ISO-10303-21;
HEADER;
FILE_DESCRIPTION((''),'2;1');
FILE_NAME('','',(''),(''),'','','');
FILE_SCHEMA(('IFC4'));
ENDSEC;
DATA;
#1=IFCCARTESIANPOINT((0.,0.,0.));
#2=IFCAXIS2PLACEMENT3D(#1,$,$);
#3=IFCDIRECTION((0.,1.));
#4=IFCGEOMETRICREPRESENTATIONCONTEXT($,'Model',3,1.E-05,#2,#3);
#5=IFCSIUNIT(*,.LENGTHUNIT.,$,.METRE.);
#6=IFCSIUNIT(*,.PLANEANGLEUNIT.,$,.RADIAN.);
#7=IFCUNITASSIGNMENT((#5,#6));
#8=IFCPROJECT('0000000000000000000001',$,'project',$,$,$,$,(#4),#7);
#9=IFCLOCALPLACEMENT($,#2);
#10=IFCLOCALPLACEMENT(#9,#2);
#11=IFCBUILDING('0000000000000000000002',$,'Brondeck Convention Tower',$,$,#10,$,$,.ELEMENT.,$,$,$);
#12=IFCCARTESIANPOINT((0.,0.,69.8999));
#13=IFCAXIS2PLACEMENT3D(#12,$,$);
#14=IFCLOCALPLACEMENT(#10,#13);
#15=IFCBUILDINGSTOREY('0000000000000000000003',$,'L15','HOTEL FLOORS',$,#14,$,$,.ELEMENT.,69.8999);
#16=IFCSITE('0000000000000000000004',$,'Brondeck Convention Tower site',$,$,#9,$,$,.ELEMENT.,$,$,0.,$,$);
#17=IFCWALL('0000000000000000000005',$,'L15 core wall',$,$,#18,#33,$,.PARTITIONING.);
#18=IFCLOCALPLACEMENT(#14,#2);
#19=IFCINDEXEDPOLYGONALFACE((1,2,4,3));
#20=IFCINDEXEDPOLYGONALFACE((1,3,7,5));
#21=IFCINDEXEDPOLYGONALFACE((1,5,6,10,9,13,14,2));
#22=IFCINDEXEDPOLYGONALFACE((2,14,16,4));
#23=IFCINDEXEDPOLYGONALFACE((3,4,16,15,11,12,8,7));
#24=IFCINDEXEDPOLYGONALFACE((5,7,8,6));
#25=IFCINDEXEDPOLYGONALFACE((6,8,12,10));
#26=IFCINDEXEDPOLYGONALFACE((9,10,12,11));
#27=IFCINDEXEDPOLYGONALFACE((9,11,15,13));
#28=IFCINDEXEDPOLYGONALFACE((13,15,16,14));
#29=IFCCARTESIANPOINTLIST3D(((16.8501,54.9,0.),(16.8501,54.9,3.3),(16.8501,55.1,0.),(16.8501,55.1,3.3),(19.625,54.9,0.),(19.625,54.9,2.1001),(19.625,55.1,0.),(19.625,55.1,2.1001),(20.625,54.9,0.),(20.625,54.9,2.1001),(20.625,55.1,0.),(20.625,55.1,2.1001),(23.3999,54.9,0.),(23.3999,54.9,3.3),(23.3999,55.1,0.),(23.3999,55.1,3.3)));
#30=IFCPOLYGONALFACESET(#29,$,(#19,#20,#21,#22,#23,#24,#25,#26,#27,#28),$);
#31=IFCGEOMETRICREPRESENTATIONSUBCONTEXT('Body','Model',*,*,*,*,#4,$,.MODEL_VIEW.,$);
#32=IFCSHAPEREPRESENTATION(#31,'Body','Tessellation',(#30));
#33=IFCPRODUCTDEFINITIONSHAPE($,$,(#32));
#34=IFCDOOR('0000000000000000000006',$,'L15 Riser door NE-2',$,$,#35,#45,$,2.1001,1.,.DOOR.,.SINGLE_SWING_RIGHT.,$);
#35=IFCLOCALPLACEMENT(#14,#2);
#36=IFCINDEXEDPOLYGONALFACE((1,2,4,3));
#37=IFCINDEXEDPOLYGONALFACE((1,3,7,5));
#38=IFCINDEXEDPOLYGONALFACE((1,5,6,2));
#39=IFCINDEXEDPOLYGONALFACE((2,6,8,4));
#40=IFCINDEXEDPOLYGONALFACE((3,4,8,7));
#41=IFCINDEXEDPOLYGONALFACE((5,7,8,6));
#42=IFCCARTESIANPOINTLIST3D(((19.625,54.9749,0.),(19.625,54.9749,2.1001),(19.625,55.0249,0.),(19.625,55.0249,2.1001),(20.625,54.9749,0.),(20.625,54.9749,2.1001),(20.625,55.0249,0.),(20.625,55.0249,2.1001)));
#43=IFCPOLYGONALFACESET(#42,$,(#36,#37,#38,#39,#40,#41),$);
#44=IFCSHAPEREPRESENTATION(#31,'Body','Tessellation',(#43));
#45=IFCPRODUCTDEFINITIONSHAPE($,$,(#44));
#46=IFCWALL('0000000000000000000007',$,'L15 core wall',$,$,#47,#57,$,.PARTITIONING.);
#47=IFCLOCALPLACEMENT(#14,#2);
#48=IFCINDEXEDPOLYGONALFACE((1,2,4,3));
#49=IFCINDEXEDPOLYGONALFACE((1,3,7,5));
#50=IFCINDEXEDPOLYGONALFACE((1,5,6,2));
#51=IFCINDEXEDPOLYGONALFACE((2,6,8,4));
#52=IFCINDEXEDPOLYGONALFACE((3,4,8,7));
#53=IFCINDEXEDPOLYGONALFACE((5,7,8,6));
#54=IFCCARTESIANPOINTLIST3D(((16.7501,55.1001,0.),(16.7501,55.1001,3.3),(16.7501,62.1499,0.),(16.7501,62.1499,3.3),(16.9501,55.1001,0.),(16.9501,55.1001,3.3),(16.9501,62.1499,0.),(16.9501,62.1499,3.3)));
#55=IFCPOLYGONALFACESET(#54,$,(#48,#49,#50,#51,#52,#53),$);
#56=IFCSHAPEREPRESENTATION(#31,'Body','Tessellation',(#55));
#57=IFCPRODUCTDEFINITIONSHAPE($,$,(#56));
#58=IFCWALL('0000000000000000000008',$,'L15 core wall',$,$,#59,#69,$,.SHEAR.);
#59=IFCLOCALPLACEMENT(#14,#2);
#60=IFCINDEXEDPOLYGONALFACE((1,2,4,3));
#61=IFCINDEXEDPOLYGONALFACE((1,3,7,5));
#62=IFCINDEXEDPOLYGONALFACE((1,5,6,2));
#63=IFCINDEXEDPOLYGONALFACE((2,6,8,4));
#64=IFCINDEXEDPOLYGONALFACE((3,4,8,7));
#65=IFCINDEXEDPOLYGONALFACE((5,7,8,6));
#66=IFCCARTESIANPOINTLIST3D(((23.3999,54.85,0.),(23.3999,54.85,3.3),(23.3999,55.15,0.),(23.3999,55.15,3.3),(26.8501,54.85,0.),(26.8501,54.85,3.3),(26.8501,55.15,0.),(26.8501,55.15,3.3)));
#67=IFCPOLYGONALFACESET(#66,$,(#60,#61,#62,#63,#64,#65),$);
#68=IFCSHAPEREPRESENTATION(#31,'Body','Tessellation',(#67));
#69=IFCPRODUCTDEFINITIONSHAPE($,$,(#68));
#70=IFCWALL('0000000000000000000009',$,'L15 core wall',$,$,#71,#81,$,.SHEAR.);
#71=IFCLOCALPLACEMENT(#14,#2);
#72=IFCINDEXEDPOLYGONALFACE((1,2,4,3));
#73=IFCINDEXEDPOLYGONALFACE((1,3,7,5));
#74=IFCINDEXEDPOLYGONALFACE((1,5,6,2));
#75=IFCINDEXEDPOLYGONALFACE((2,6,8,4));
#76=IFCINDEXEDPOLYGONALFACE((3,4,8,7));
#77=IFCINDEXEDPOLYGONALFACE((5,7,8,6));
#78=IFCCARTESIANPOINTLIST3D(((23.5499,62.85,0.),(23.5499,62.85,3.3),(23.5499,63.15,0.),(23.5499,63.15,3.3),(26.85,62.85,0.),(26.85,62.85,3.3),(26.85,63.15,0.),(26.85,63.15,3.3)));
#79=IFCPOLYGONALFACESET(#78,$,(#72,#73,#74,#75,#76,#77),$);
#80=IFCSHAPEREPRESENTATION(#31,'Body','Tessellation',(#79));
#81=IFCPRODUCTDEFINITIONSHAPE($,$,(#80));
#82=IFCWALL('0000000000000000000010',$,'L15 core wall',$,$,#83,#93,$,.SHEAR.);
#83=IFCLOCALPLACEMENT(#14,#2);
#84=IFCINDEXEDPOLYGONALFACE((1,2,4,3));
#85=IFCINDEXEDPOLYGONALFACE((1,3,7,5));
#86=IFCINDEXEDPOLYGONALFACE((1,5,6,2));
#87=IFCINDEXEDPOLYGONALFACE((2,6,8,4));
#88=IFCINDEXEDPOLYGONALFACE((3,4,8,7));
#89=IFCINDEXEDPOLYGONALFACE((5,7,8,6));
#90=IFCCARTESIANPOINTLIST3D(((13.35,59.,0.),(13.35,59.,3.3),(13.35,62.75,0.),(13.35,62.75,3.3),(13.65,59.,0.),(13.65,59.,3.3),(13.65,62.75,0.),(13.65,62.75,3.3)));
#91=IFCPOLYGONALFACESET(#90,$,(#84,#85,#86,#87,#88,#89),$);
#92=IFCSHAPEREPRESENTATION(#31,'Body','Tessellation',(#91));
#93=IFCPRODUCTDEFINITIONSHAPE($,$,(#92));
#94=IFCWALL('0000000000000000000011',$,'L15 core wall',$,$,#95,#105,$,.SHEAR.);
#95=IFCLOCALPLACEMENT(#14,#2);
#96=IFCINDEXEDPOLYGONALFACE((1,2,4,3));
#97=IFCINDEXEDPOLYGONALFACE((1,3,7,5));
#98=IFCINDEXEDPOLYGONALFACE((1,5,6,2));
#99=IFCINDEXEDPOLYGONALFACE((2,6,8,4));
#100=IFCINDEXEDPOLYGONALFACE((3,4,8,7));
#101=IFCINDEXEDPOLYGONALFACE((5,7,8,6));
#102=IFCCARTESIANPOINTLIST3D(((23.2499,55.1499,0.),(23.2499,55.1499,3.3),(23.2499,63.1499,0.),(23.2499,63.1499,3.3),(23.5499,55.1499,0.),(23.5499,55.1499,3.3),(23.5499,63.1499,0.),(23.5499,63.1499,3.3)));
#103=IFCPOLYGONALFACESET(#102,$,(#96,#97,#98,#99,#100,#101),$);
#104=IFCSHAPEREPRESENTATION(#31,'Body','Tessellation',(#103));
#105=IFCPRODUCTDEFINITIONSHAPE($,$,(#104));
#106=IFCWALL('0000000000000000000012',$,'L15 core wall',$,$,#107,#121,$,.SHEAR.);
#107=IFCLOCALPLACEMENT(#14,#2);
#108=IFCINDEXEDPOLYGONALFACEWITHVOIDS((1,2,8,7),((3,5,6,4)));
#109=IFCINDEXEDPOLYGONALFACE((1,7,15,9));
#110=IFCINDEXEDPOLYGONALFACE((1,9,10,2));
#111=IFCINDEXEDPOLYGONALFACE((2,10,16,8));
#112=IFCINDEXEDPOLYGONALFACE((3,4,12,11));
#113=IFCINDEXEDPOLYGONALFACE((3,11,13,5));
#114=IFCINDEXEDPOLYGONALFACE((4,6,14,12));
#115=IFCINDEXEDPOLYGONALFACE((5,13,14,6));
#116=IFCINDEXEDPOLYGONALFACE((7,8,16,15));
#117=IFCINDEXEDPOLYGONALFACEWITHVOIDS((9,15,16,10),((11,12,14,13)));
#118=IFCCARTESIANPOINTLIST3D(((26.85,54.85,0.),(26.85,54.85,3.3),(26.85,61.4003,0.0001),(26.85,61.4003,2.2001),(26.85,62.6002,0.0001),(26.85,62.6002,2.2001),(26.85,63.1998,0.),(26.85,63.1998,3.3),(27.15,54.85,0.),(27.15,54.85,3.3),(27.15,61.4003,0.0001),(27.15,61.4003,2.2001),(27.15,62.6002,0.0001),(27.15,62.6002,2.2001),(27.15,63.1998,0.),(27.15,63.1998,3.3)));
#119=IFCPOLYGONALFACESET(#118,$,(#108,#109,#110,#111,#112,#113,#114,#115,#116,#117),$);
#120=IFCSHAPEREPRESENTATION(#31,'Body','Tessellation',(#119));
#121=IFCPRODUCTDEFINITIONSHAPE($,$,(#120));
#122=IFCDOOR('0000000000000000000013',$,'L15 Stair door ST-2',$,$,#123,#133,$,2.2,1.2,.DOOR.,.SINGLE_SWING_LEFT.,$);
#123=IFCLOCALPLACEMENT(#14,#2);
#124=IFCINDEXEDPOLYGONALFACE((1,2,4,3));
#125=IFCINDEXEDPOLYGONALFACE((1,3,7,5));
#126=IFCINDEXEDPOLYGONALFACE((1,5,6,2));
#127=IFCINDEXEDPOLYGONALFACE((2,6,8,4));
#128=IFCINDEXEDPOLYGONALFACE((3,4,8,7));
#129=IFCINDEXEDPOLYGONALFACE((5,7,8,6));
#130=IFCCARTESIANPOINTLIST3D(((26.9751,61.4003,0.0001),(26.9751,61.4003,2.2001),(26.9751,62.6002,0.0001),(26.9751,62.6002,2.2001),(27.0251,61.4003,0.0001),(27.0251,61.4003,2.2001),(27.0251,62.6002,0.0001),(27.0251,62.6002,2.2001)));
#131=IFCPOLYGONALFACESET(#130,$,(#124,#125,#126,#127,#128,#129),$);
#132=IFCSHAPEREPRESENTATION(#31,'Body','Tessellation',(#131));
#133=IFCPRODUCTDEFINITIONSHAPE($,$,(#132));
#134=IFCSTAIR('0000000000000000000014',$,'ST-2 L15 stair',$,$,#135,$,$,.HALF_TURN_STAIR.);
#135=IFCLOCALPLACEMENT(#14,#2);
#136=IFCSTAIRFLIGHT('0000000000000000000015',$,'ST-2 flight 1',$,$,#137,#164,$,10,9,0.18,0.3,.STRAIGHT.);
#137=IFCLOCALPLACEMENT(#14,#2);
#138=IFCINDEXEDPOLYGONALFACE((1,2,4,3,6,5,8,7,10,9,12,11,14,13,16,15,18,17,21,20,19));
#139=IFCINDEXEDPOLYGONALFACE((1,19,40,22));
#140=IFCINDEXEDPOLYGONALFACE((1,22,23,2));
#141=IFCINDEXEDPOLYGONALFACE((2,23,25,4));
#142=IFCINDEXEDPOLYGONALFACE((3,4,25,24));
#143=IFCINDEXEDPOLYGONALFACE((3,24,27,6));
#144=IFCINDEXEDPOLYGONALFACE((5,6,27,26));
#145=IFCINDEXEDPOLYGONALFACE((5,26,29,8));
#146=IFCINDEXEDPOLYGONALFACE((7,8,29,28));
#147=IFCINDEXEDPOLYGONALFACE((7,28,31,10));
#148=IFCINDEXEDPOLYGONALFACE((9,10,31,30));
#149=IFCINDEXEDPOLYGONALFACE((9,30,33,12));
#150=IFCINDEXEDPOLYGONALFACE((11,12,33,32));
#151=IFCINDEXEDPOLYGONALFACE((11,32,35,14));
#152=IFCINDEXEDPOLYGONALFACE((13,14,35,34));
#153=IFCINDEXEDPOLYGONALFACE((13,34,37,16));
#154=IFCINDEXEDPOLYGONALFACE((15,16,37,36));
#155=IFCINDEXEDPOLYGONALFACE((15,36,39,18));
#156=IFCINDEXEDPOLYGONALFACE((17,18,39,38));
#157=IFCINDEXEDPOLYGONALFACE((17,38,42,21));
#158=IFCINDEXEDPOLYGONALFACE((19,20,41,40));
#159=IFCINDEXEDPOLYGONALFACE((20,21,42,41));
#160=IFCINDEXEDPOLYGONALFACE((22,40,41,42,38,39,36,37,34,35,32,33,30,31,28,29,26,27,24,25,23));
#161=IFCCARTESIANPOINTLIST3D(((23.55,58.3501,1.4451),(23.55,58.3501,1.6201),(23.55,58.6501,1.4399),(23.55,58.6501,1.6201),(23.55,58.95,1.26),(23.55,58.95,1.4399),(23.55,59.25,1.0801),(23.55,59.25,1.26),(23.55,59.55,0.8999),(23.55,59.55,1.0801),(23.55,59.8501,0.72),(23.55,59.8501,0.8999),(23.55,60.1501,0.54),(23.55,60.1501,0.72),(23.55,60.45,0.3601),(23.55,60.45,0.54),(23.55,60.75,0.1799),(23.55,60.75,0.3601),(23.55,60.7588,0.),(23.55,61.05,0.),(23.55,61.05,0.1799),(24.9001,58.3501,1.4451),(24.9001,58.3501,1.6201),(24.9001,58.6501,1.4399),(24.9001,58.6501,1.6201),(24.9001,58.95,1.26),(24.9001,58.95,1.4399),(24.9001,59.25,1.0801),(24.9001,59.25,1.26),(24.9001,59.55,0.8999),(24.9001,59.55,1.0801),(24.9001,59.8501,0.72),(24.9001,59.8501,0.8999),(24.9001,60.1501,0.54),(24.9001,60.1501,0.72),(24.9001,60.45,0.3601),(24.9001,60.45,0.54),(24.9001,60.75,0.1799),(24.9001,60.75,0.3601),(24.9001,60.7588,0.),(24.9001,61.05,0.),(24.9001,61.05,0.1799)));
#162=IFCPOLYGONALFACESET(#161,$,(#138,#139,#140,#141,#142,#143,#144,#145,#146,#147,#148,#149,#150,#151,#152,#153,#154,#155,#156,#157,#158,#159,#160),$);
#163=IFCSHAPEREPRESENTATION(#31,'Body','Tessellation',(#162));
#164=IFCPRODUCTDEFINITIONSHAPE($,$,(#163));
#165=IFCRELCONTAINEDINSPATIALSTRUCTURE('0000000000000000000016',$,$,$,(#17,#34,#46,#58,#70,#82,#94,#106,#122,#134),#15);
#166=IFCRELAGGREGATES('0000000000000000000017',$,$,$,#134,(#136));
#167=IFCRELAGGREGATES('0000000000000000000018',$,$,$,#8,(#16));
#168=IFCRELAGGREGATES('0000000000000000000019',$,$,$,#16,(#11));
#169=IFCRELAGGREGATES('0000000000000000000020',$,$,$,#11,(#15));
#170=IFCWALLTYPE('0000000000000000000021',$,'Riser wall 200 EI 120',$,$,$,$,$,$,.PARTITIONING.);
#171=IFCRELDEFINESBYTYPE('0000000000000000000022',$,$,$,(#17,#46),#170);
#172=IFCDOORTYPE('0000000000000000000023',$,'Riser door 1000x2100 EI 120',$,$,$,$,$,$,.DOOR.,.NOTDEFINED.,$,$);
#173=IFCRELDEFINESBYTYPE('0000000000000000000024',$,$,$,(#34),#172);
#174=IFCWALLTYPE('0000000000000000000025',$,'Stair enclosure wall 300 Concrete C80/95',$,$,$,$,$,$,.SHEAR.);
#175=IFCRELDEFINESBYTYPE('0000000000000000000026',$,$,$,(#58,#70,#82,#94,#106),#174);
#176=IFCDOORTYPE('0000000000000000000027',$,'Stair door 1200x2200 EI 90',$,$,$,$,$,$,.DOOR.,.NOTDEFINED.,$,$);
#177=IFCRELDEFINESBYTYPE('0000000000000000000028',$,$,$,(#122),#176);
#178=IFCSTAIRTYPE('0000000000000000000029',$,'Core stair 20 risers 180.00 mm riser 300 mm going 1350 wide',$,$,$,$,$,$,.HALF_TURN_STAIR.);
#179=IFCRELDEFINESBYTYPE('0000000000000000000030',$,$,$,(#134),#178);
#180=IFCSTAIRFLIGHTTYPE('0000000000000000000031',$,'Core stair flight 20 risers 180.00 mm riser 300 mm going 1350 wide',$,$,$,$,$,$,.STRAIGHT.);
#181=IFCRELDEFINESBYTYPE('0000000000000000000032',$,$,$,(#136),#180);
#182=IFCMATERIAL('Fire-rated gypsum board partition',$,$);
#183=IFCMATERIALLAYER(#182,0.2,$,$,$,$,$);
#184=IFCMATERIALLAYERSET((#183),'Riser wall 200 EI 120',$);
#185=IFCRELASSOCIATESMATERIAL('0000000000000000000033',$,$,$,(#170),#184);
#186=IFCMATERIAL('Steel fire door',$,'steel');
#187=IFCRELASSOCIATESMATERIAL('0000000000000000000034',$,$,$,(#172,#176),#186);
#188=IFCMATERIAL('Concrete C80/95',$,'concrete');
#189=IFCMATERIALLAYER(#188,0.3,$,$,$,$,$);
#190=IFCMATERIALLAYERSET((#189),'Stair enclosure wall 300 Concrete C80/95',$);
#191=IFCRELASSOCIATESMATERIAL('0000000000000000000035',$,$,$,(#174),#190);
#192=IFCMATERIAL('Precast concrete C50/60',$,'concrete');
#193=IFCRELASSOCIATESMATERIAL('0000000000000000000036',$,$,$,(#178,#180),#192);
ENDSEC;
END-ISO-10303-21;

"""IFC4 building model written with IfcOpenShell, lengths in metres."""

from ifc_helpers import new_model, si_unit, direction, frame, frame_2d, origin, place, context, subcontext, project, spatial, polyline, rectangle, outline, extrude, material, layer, layer_set, type_object, element, fill, aggregate, save


model = new_model("IFC4")

# Units and contexts
model_context = context("Model", 3, precision=1e-05, world=origin(), true_north=direction((0.0, 1.0)))
body_context = subcontext(model_context, "Body", "Model", "MODEL_VIEW")
ifc_project = project(units=[si_unit("LENGTHUNIT", "METRE"), si_unit("PLANEANGLEUNIT", "RADIAN")], contexts=[model_context])

# Site, building, storey
site_placement = place(None, origin())
site = spatial("IfcSite", under=ifc_project, at=site_placement, Name="Brondeck Convention Tower site", CompositionType="ELEMENT", RefElevation=0.0)
building_placement = place(site_placement, origin())
building = spatial("IfcBuilding", under=site, at=building_placement, Name="Brondeck Convention Tower", CompositionType="ELEMENT")
storey_placement = place(building_placement, frame((0.0, 0.0, 69.8999)))
storey = spatial("IfcBuildingStorey", under=building, at=storey_placement, Name="L15", Description="HOTEL FLOORS", CompositionType="ELEMENT", Elevation=69.8999)

# Shared definitions
ifc_material_1 = material(Name="Concrete C80/95", Category="concrete")

# Shared definitions
ifc_material_2 = material(Name="Fire-rated gypsum board partition")
ifc_material_3 = material(Name="Steel fire door", Category="steel")

# Shared definitions
ifc_layer_1 = layer(ifc_material_2, 0.2)
ifc_layer_set_1 = layer_set([ifc_layer_1], Name="Riser wall 200 EI 120")
wall_type_1 = type_object("IfcWallType", Name="Riser wall 200 EI 120", PredefinedType="PARTITIONING", material=ifc_layer_set_1)

# Wall, opening, door
wall_1_placement = place(storey_placement, frame((16.8501, 55.0, 0.0), z_axis=(0.0, 0.0, 1.0), x_axis=(1.0, 0.0, 0.0)))
wall_1 = element("IfcWall", 1, at=wall_1_placement, inside=storey, type_object=wall_type_1, Name="L15 core wall", PredefinedType="PARTITIONING", context=body_context, shape_type="SweptSolid", body=[
    extrude(rectangle(XDim=6.5498, YDim=0.2, at=frame_2d((3.2749, 0.0))), origin(), (0.0, 0.0, 1.0), 3.3),
])
opening_1_placement = place(wall_1_placement, frame((2.7749, 0.0, 0.0)))
opening_1 = element("IfcOpeningElement", 2, at=opening_1_placement, cuts=wall_1, PredefinedType="OPENING", context=body_context, shape_type="SweptSolid", body=[
    extrude(rectangle(XDim=1.0, YDim=2.1001, at=frame_2d((0.5, 1.05))), frame((0.0, 0.1099, 0.0), z_axis=(0.0, -1.0, 0.0), x_axis=(1.0, 0.0, 0.0)), (0.0, 0.0, 1.0), 0.22),
])
door_type_1 = type_object("IfcDoorType", Name="Riser door 1000x2100 EI 120", OperationType="NOTDEFINED", PredefinedType="DOOR", material=ifc_material_3)
door_1_placement = place(opening_1_placement, origin())
door_1 = element("IfcDoor", 3, at=door_1_placement, inside=storey, type_object=door_type_1, Name="L15 Riser door NE-2", OperationType="SINGLE_SWING_RIGHT", OverallHeight=2.1001, OverallWidth=1.0, PredefinedType="DOOR", context=body_context, shape_type="SweptSolid", body=[
    extrude(rectangle(XDim=1.0, YDim=2.1001, at=frame_2d((0.5, 1.05))), frame((0.0, 0.0249, 0.0), z_axis=(0.0, -1.0, 0.0), x_axis=(1.0, 0.0, 0.0)), (0.0, 0.0, 1.0), 0.05),
])
fill(opening_1, door_1)

# Walls
wall_2_placement = place(storey_placement, frame((16.8501, 55.1001, 0.0), z_axis=(0.0, 0.0, 1.0), x_axis=(0.0, 1.0, 0.0)))
element("IfcWall", 4, at=wall_2_placement, inside=storey, type_object=wall_type_1, Name="L15 core wall", PredefinedType="PARTITIONING", context=body_context, shape_type="SweptSolid", body=[
    extrude(rectangle(XDim=7.0498, YDim=0.2, at=frame_2d((3.5249, 0.0))), origin(), (0.0, 0.0, 1.0), 3.3),
])
ifc_layer_2 = layer(ifc_material_1, 0.3)
ifc_layer_set_2 = layer_set([ifc_layer_2], Name="Stair enclosure wall 300 Concrete C80/95")
wall_type_2 = type_object("IfcWallType", Name="Stair enclosure wall 300 Concrete C80/95", PredefinedType="SHEAR", material=ifc_layer_set_2)
wall_3_placement = place(storey_placement, frame((23.3999, 55.0, 0.0), z_axis=(0.0, 0.0, 1.0), x_axis=(1.0, 0.0, 0.0)))
element("IfcWall", 5, at=wall_3_placement, inside=storey, type_object=wall_type_2, Name="L15 core wall", PredefinedType="SHEAR", context=body_context, shape_type="SweptSolid", body=[
    extrude(rectangle(XDim=3.4502, YDim=0.3, at=frame_2d((1.7251, 0.0))), origin(), (0.0, 0.0, 1.0), 3.3),
])
wall_4_placement = place(storey_placement, frame((23.55, 63.0, 0.0), z_axis=(0.0, 0.0, 1.0), x_axis=(1.0, 0.0, 0.0)))
element("IfcWall", 6, at=wall_4_placement, inside=storey, type_object=wall_type_2, Name="L15 core wall", PredefinedType="SHEAR", context=body_context, shape_type="SweptSolid", body=[
    extrude(rectangle(XDim=3.3, YDim=0.3, at=frame_2d((1.6499, 0.0))), origin(), (0.0, 0.0, 1.0), 3.3),
])
wall_5_placement = place(storey_placement, frame((13.5, 59.0, 0.0), z_axis=(0.0, 0.0, 1.0), x_axis=(0.0, 1.0, 0.0)))
element("IfcWall", 7, at=wall_5_placement, inside=storey, type_object=wall_type_2, Name="L15 core wall", PredefinedType="SHEAR", context=body_context, shape_type="SweptSolid", body=[
    extrude(rectangle(XDim=3.75, YDim=0.3, at=frame_2d((1.875, 0.0))), origin(), (0.0, 0.0, 1.0), 3.3),
])
wall_6_placement = place(storey_placement, frame((23.3999, 55.1499, 0.0), z_axis=(0.0, 0.0, 1.0), x_axis=(0.0, 1.0, 0.0)))
element("IfcWall", 8, at=wall_6_placement, inside=storey, type_object=wall_type_2, Name="L15 core wall", PredefinedType="SHEAR", context=body_context, shape_type="SweptSolid", body=[
    extrude(rectangle(XDim=8.0, YDim=0.3, at=frame_2d((4.0, 0.0))), origin(), (0.0, 0.0, 1.0), 3.3),
])

# Wall, opening, door
wall_7_placement = place(storey_placement, frame((27.0, 54.8501, 0.0), z_axis=(0.0, 0.0, 1.0), x_axis=(0.0, 1.0, 0.0)))
wall_7 = element("IfcWall", 9, at=wall_7_placement, inside=storey, type_object=wall_type_2, Name="L15 core wall", PredefinedType="SHEAR", context=body_context, shape_type="SweptSolid", body=[
    extrude(rectangle(XDim=8.3499, YDim=0.3, at=frame_2d((4.1748, 0.0))), origin(), (0.0, 0.0, 1.0), 3.3),
])
opening_2_placement = place(wall_7_placement, frame((6.55, 0.0, 0.0)))
opening_2 = element("IfcOpeningElement", 10, at=opening_2_placement, cuts=wall_7, PredefinedType="OPENING", context=body_context, shape_type="SweptSolid", body=[
    extrude(rectangle(XDim=1.2, YDim=2.2, at=frame_2d((0.6001, 1.1001))), frame((0.0, 0.1599, 0.0), z_axis=(0.0, -1.0, 0.0), x_axis=(1.0, 0.0, 0.0)), (0.0, 0.0, 1.0), 0.3201),
])
door_type_2 = type_object("IfcDoorType", Name="Stair door 1200x2200 EI 90", OperationType="NOTDEFINED", PredefinedType="DOOR", material=ifc_material_3)
door_2_placement = place(opening_2_placement, origin())
door_2 = element("IfcDoor", 11, at=door_2_placement, inside=storey, type_object=door_type_2, Name="L15 Stair door ST-2", OperationType="SINGLE_SWING_LEFT", OverallHeight=2.2, OverallWidth=1.2, PredefinedType="DOOR", context=body_context, shape_type="SweptSolid", body=[
    extrude(rectangle(XDim=1.2, YDim=2.2, at=frame_2d((0.6001, 1.1001))), frame((0.0, 0.0249, 0.0), z_axis=(0.0, -1.0, 0.0), x_axis=(1.0, 0.0, 0.0)), (0.0, 0.0, 1.0), 0.05),
])
fill(opening_2, door_2)

# Stair, stair flight
ifc_material_4 = material(Name="Precast concrete C50/60", Category="concrete")
stair_type = type_object("IfcStairType", Name="Core stair 20 risers 180.00 mm riser 300 mm going 1350 wide", PredefinedType="HALF_TURN_STAIR", material=ifc_material_4)
stair_1_placement = place(storey_placement, origin())
stair_1 = element("IfcStair", 12, at=stair_1_placement, inside=storey, type_object=stair_type, Name="ST-2 L15 stair", PredefinedType="HALF_TURN_STAIR")
stair_flight_type = type_object("IfcStairFlightType", Name="Core stair flight 20 risers 180.00 mm riser 300 mm going 1350 wide", PredefinedType="STRAIGHT", material=ifc_material_4)
stair_flight_1_placement = place(storey_placement, frame((24.2251, 61.05, 0.0), z_axis=(0.0, 0.0, 1.0), x_axis=(0.0, -1.0, 0.0)))
stair_flight_1 = element("IfcStairFlight", 13, at=stair_flight_1_placement, type_object=stair_flight_type, Name="ST-2 flight 1", NumberOfRisers=10, NumberOfTreads=9, PredefinedType="STRAIGHT", RiserHeight=0.18, TreadLength=0.3, context=body_context, shape_type="SweptSolid", body=[
    extrude(outline(polyline([(0.0, 0.0), (0.0, 0.1799), (0.3, 0.1799), (0.3, 0.3601), (0.6001, 0.3601), (0.6001, 0.54), (0.8999, 0.54), (0.8999, 0.72), (1.2, 0.72), (1.2, 0.8999), (1.5, 0.8999), (1.5, 1.0801), (1.8, 1.0801), (1.8, 1.26), (2.1001, 1.26), (2.1001, 1.4399), (2.3999, 1.4399), (2.3999, 1.6201), (2.7, 1.6201), (2.7, 1.8), (2.7, 1.4451), (0.2913, 0.0), (0.0, 0.0)])), frame((0.0, 0.675, 0.0), z_axis=(0.0, -1.0, 0.0), x_axis=(1.0, 0.0, 0.0)), (0.0, 0.0, 1.0), 1.3501),
])
aggregate(stair_1, [stair_flight_1])

save(model, "model.ifc")
